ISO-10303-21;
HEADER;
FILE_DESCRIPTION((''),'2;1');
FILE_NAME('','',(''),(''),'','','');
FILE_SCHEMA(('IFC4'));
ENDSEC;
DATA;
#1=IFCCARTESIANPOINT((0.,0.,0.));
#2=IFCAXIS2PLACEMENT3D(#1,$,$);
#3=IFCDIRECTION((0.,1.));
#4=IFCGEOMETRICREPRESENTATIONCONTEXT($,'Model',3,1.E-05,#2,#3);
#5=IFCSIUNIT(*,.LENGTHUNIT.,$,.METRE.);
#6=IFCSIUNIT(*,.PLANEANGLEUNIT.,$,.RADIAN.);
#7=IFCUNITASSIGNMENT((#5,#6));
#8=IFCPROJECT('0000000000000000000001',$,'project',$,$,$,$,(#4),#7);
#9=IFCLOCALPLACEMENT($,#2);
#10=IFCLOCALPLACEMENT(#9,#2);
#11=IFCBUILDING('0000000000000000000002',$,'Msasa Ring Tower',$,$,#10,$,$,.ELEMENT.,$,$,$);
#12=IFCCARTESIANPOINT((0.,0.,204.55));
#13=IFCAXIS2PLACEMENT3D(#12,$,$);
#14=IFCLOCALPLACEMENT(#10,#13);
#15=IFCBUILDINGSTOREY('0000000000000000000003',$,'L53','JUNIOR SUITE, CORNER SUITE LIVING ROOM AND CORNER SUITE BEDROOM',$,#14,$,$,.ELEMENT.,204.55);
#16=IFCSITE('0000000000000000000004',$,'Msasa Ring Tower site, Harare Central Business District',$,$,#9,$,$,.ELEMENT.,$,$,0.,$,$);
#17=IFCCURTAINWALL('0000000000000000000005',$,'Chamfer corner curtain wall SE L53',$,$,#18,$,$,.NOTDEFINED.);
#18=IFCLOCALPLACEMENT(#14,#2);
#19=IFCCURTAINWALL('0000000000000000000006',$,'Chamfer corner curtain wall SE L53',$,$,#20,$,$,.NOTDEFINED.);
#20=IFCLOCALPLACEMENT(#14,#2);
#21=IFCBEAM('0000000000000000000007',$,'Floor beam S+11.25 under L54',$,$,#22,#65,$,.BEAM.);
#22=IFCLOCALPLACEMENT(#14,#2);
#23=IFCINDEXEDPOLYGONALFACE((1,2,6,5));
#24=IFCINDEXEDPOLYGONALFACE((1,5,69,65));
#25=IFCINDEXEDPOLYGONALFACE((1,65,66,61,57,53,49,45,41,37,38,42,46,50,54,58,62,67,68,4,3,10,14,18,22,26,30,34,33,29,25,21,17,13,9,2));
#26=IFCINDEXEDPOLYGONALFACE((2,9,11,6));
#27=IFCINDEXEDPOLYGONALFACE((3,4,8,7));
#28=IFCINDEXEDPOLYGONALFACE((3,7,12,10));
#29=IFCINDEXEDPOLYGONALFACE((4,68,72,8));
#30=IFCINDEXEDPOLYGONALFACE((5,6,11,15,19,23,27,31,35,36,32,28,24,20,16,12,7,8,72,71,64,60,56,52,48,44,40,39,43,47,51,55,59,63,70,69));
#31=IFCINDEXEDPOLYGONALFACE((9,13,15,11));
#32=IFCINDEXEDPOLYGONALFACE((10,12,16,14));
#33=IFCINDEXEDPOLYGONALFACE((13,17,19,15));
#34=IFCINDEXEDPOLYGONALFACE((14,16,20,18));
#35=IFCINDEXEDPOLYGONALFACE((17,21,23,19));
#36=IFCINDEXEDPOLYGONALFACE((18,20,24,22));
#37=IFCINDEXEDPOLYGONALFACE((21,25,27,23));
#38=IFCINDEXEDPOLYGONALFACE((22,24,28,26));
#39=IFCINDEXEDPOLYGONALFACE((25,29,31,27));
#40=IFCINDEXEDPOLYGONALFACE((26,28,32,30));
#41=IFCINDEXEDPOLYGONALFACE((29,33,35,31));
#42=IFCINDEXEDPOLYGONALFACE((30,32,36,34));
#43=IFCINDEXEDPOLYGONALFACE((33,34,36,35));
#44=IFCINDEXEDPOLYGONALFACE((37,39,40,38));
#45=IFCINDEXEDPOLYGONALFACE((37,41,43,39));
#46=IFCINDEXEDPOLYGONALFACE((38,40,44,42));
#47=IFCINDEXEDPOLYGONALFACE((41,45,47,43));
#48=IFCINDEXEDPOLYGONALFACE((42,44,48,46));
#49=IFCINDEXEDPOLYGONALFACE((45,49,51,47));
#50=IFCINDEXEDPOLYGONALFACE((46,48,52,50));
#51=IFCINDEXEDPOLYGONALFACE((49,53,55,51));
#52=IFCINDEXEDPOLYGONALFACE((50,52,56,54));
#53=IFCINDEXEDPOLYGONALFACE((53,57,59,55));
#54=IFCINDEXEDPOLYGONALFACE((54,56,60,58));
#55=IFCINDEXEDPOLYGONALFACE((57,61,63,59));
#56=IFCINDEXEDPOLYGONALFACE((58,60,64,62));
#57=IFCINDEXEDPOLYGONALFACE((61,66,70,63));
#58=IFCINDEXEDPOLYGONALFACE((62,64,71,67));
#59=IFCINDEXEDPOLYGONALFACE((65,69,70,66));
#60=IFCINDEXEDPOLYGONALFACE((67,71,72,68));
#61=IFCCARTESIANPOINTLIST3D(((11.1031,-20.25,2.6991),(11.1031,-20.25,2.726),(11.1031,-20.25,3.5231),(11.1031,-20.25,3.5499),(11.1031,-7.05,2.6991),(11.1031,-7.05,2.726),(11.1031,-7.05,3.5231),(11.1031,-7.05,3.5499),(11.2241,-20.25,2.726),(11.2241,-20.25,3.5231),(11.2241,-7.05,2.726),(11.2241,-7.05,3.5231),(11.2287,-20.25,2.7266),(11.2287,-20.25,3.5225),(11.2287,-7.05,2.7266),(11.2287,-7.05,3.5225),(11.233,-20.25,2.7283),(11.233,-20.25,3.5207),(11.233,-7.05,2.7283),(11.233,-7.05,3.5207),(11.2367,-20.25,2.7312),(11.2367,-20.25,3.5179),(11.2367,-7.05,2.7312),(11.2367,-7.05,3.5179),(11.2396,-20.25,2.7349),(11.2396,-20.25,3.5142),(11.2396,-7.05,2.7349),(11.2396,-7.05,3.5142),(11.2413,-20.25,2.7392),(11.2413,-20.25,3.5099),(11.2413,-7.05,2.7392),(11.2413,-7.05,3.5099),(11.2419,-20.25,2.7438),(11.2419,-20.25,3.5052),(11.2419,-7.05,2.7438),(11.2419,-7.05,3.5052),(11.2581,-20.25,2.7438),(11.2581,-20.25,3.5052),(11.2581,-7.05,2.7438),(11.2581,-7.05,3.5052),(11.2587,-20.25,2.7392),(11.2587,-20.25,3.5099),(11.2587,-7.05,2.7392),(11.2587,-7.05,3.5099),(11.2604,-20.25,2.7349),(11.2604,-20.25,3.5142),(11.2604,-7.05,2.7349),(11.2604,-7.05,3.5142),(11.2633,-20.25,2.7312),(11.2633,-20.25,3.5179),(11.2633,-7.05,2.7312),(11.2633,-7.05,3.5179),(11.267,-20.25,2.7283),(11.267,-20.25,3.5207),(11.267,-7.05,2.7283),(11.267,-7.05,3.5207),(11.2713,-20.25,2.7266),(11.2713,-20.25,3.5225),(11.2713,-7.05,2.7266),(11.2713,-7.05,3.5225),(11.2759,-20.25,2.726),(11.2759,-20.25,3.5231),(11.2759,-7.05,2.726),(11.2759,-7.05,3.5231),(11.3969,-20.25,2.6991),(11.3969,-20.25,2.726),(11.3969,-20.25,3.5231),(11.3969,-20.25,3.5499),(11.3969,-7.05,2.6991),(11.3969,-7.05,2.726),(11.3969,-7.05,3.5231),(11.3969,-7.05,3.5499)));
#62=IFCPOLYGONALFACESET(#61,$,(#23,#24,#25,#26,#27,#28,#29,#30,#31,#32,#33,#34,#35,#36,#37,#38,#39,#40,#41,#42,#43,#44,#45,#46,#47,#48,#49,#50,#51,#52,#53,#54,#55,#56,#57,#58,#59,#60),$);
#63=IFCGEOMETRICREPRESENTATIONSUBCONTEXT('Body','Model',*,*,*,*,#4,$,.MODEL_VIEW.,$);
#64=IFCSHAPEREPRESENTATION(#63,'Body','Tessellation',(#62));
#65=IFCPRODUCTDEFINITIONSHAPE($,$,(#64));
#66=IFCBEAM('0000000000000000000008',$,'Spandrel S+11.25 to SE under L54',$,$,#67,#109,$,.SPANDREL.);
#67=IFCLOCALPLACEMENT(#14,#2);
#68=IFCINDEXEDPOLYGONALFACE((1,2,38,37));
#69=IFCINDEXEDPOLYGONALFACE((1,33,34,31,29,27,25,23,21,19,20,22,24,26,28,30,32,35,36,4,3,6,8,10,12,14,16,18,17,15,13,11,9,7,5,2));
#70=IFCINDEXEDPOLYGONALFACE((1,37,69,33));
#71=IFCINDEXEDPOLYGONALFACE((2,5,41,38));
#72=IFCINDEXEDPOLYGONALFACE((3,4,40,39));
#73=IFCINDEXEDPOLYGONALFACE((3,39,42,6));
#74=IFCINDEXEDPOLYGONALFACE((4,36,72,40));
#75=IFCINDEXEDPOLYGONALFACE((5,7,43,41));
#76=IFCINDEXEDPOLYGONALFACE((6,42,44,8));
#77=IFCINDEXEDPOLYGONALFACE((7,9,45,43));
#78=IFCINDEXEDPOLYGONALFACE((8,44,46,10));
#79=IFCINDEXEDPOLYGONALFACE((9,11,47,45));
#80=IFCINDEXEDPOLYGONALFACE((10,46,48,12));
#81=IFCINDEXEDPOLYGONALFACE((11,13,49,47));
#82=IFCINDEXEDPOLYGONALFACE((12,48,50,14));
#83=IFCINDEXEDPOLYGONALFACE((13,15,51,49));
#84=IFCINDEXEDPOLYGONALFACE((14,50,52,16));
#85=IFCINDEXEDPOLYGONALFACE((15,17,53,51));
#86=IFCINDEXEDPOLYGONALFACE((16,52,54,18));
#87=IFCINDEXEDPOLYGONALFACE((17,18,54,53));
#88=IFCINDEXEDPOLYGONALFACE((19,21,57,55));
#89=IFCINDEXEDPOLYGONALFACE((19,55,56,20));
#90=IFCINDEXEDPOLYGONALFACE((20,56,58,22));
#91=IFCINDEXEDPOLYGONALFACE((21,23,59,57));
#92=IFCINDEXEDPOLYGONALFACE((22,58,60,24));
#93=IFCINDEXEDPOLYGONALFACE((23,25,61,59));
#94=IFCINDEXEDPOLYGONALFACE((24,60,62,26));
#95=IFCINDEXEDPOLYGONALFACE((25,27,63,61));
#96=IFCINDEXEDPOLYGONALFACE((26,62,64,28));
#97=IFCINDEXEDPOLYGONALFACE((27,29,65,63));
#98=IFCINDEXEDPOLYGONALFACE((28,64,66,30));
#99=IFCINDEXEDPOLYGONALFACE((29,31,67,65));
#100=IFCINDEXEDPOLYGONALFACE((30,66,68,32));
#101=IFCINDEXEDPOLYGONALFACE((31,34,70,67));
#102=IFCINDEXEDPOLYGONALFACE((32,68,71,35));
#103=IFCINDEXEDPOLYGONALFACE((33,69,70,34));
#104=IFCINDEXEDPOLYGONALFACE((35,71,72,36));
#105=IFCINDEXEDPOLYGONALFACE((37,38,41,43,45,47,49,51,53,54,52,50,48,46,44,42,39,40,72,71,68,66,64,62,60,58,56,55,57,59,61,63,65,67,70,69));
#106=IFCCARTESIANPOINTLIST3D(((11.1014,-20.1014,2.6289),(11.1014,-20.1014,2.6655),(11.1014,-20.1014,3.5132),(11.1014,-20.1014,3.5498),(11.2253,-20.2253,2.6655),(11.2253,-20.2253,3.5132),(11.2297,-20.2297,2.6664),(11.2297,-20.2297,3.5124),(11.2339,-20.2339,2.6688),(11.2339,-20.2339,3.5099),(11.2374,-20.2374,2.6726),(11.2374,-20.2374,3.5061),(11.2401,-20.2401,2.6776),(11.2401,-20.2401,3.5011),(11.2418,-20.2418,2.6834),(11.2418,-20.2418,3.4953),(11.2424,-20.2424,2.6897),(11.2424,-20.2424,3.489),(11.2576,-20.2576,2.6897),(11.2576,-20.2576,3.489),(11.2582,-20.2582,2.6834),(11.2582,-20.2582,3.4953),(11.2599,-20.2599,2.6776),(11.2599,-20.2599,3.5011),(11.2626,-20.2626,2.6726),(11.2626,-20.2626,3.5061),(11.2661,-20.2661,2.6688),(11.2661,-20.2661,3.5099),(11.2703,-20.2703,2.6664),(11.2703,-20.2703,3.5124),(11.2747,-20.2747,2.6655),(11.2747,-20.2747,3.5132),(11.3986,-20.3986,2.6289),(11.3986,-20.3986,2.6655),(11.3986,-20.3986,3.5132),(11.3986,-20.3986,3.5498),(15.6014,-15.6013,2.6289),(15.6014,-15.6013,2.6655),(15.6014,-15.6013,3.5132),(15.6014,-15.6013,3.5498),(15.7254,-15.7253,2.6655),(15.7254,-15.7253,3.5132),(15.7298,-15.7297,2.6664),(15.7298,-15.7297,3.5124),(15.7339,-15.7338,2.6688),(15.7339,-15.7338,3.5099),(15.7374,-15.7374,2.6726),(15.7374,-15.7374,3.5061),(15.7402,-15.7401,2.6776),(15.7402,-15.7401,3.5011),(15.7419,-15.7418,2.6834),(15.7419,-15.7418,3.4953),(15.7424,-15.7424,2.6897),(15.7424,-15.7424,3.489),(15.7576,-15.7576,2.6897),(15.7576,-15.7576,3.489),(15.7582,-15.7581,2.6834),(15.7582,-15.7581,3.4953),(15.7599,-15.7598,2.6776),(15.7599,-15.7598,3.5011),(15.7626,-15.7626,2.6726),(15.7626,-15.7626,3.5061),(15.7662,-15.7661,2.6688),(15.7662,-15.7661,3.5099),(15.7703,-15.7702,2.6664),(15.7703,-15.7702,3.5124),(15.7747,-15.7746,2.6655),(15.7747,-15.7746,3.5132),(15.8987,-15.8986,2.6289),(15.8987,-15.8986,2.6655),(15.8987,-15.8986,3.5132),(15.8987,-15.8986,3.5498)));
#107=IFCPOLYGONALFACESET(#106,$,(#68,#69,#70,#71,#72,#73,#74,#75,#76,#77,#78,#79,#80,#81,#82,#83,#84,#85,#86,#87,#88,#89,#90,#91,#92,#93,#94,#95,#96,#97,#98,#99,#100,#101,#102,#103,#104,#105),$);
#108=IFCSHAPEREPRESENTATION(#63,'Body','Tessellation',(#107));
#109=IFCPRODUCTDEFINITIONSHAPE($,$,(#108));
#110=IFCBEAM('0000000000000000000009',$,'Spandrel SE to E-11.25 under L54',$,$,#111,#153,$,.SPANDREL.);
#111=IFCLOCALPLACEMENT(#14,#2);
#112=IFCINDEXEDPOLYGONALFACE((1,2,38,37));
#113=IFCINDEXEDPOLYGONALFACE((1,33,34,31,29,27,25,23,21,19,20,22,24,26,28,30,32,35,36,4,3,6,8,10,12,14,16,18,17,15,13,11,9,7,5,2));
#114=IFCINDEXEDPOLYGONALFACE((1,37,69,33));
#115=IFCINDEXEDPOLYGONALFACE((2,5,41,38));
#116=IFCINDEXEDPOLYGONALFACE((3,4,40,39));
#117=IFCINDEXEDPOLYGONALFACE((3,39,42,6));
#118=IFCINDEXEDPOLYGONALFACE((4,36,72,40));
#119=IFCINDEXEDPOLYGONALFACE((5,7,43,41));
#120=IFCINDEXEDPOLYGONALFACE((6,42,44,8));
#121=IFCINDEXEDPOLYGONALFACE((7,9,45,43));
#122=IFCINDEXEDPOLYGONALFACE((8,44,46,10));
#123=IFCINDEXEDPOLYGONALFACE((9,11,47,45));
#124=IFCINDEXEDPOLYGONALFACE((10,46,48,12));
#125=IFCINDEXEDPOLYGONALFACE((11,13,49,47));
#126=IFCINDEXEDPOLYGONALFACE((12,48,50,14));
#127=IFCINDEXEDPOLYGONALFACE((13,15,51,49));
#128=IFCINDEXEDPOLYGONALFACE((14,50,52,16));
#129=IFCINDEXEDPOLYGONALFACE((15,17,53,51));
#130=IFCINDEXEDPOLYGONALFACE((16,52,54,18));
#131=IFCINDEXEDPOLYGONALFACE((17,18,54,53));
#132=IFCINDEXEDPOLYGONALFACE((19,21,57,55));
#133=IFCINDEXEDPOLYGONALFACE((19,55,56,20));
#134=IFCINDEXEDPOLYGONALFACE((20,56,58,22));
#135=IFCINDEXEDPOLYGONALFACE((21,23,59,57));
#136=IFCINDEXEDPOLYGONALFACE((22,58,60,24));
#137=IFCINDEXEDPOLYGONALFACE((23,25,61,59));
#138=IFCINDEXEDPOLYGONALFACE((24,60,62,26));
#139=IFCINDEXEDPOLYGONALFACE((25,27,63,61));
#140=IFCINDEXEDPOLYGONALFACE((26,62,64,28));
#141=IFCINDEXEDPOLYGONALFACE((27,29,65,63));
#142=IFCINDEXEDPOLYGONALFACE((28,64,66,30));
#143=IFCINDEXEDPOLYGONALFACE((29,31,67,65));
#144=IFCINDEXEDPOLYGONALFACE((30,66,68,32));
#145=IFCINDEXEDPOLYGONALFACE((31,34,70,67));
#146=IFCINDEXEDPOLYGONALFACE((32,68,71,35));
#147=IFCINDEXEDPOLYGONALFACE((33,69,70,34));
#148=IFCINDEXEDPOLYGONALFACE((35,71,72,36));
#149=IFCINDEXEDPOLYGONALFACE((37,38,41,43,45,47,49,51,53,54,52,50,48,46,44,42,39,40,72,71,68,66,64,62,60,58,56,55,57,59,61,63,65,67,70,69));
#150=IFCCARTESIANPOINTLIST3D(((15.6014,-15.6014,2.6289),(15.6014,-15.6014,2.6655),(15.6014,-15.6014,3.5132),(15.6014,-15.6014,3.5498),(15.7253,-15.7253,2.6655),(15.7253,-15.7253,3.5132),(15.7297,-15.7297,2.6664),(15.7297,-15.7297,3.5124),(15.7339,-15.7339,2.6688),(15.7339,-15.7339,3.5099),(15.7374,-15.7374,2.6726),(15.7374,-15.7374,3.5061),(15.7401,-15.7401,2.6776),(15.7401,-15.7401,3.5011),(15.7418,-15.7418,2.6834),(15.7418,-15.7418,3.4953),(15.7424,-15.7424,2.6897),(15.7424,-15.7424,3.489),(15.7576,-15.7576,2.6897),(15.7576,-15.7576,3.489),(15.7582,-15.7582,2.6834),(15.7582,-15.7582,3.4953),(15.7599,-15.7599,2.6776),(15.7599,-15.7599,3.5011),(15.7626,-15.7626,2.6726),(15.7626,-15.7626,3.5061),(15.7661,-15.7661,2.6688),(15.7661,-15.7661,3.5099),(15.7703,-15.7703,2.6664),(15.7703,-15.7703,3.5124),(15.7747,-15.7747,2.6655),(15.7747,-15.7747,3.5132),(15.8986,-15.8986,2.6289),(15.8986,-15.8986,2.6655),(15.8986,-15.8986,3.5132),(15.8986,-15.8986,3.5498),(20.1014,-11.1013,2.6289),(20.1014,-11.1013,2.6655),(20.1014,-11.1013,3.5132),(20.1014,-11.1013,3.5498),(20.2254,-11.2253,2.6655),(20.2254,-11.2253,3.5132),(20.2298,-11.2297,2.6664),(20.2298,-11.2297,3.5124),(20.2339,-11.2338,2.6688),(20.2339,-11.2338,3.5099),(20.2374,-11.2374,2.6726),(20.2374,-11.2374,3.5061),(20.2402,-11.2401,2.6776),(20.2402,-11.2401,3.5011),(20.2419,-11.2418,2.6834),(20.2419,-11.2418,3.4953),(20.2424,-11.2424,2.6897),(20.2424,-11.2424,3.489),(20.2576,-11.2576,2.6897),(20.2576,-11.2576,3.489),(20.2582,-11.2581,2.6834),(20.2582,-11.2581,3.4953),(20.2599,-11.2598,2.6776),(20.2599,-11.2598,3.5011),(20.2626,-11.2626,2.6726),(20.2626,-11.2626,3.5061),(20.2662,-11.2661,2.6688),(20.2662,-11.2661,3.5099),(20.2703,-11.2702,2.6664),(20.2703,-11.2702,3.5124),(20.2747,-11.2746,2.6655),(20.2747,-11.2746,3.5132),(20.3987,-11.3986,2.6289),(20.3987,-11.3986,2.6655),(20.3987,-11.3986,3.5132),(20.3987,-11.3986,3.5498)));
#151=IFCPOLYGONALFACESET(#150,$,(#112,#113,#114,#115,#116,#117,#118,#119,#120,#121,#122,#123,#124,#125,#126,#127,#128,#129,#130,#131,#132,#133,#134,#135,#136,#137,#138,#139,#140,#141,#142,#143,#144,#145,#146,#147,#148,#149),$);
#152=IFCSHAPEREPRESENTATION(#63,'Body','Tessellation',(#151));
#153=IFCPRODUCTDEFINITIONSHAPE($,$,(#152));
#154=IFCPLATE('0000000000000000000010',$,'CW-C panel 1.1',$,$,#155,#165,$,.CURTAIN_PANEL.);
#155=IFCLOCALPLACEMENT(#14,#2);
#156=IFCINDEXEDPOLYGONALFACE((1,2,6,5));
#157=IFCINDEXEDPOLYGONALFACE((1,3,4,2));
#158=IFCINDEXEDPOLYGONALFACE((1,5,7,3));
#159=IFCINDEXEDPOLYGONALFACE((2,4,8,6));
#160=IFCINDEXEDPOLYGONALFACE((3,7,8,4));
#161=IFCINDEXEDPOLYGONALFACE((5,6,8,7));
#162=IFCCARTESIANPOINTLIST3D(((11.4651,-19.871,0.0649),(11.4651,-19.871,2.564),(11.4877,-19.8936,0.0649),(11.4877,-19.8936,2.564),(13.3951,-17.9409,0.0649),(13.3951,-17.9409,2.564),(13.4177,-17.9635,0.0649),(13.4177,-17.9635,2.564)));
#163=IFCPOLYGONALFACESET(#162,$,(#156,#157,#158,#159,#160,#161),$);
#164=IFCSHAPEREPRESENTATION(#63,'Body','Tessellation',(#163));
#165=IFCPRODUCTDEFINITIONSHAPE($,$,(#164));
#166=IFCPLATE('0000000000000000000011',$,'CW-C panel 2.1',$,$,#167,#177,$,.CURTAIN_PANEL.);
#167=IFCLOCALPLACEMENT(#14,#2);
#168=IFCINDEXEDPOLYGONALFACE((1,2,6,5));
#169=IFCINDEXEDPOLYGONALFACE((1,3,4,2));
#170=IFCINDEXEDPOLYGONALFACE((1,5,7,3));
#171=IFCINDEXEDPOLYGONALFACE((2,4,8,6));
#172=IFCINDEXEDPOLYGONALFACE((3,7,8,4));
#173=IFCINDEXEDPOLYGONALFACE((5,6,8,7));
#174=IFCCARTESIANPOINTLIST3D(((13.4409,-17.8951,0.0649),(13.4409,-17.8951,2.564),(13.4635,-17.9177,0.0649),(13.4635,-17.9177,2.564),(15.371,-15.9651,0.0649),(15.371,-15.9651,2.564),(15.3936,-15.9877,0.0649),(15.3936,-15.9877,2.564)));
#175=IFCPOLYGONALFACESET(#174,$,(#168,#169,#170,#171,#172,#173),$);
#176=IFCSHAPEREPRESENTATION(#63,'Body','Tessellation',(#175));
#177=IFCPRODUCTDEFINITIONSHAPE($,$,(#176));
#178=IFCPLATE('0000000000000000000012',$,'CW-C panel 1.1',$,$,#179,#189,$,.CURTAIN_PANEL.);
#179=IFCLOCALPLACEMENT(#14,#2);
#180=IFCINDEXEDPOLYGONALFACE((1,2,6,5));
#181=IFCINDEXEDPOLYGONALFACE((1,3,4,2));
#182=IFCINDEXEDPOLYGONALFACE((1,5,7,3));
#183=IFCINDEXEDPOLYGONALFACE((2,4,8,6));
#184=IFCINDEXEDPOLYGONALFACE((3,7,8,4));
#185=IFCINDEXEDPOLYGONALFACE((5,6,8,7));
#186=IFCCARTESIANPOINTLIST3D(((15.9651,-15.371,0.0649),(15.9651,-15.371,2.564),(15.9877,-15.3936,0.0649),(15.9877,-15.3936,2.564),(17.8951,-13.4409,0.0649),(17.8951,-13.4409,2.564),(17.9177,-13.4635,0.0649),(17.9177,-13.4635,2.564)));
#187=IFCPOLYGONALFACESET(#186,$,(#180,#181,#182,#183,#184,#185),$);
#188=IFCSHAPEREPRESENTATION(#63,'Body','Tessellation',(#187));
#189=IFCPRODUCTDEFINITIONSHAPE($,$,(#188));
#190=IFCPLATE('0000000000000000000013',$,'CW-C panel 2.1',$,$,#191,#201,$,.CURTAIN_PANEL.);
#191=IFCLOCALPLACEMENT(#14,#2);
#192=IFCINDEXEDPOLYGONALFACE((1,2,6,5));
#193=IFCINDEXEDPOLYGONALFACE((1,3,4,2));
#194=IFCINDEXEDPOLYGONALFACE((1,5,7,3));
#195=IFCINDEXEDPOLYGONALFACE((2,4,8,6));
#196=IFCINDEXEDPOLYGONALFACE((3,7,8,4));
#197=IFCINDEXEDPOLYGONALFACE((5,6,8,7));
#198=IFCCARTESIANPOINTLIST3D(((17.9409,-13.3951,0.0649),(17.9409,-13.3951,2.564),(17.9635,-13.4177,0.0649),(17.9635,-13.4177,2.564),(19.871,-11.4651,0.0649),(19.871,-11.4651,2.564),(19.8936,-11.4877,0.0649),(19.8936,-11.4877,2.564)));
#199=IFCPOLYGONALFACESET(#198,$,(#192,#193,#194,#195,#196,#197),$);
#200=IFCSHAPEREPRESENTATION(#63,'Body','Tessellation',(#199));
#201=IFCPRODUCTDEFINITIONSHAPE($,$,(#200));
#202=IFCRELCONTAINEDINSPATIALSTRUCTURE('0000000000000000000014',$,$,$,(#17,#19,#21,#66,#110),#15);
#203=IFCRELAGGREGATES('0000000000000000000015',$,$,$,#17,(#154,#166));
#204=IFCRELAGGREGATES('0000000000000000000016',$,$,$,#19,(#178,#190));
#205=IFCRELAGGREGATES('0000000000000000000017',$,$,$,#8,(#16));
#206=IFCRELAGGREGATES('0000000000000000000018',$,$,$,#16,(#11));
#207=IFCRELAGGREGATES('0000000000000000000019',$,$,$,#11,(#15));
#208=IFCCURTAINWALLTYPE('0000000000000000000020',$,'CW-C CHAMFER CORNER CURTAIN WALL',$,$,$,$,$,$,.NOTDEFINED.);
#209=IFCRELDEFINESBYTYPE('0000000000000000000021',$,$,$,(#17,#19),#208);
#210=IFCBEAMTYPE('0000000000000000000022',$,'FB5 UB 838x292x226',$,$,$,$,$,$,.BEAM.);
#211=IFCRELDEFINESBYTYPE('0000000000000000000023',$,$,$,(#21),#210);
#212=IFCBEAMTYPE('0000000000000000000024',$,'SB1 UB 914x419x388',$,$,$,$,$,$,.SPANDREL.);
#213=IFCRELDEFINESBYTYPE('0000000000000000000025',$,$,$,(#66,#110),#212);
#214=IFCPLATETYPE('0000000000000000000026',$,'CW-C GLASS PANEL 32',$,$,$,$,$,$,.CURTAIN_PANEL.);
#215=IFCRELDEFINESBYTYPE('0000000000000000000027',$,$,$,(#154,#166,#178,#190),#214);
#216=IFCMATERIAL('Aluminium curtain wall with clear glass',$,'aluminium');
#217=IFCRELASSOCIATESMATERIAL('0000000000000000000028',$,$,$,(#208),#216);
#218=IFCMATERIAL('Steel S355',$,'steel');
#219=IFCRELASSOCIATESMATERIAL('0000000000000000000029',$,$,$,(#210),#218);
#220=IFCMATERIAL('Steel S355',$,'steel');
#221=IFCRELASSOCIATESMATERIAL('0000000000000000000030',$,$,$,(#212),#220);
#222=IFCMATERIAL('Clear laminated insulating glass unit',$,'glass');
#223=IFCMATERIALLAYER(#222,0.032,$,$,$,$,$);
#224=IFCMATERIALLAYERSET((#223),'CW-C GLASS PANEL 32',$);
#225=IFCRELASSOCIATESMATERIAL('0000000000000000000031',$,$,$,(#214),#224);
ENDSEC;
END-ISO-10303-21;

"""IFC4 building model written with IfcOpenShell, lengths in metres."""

from ifc_helpers import new_model, si_unit, direction, frame, origin, origin_2d, place, context, subcontext, project, spatial, rectangle, i_section, extrude, material, layer, layer_set, material_profile, profile_set, type_object, element, aggregate, save


model = new_model("IFC4")

# Units and contexts
model_context = context("Model", 3, precision=1e-05, world=origin(), true_north=direction((0.0, 1.0)))
body_context = subcontext(model_context, "Body", "Model", "MODEL_VIEW")
ifc_project = project(units=[si_unit("LENGTHUNIT", "METRE"), si_unit("PLANEANGLEUNIT", "RADIAN")], contexts=[model_context])

# Site, building, storey
site_placement = place(None, origin())
site = spatial("IfcSite", under=ifc_project, at=site_placement, Name="Msasa Ring Tower site, Harare Central Business District", CompositionType="ELEMENT", RefElevation=0.0)
building_placement = place(site_placement, origin())
building = spatial("IfcBuilding", under=site, at=building_placement, Name="Msasa Ring Tower", CompositionType="ELEMENT")
storey_placement = place(building_placement, frame((0.0, 0.0, 204.55)))
storey = spatial("IfcBuildingStorey", under=building, at=storey_placement, Name="L53", Description="JUNIOR SUITE, CORNER SUITE LIVING ROOM AND CORNER SUITE BEDROOM", CompositionType="ELEMENT", Elevation=204.55)

# Curtain walls
ifc_material_1 = material(Name="Aluminium curtain wall with clear glass", Category="aluminium")
curtain_wall_type = type_object("IfcCurtainWallType", Name="CW-C CHAMFER CORNER CURTAIN WALL", PredefinedType="NOTDEFINED", material=ifc_material_1)
curtain_wall_1_placement = place(storey_placement, origin())
curtain_wall_1 = element("IfcCurtainWall", 1, at=curtain_wall_1_placement, inside=storey, type_object=curtain_wall_type, Name="Chamfer corner curtain wall SE L53", PredefinedType="NOTDEFINED")
curtain_wall_2_placement = place(storey_placement, origin())
curtain_wall_2 = element("IfcCurtainWall", 2, at=curtain_wall_2_placement, inside=storey, type_object=curtain_wall_type, Name="Chamfer corner curtain wall SE L53", PredefinedType="NOTDEFINED")

# Beams
ifc_material_2 = material(Name="Steel S355", Category="steel")
ifc_material_profile_1 = material_profile(ifc_material_2, i_section(OverallWidth=0.2937, OverallDepth=0.8508, WebThickness=0.0161, FlangeThickness=0.0269, FilletRadius=0.0178, at=origin_2d()), Name="UB 838x292x226")
ifc_profile_set_1 = profile_set([ifc_material_profile_1], Name="Steel S355")
beam_type_1 = type_object("IfcBeamType", Name="FB5 UB 838x292x226", PredefinedType="BEAM", material=ifc_profile_set_1)
beam_placement = place(storey_placement, frame((11.25, -20.25, 3.1245), z_axis=(0.0, 1.0, 0.0), x_axis=(-1.0, 0.0, 0.0)))
element("IfcBeam", 3, at=beam_placement, inside=storey, type_object=beam_type_1, Name="Floor beam S+11.25 under L54", PredefinedType="BEAM", context=body_context, shape_type="SweptSolid", body=[
    extrude(i_section(OverallWidth=0.2937, OverallDepth=0.8508, WebThickness=0.0161, FlangeThickness=0.0269, FilletRadius=0.0178, at=origin_2d()), origin(), (0.0, 0.0, 1.0), 13.2),
])
ifc_material_3 = material(Name="Steel S355", Category="steel")
ifc_material_profile_2 = material_profile(ifc_material_3, i_section(OverallWidth=0.4204, OverallDepth=0.9209, WebThickness=0.0215, FlangeThickness=0.0366, FilletRadius=0.0242, at=origin_2d()), Name="UB 914x419x388")
ifc_profile_set_2 = profile_set([ifc_material_profile_2], Name="Steel S355")
beam_type_2 = type_object("IfcBeamType", Name="SB1 UB 914x419x388", PredefinedType="SPANDREL", material=ifc_profile_set_2)
for number, where, z_axis, x_axis, name in (
    (4, (11.25, -20.25, 3.0894), (0.707107, 0.707107, 0.0), (-0.707107, 0.707107, 0.0), "Spandrel S+11.25 to SE under L54"),
    (5, (15.75, -15.75, 3.0894), (0.707107, 0.707107, 0.0), (-0.707107, 0.707107, 0.0), "Spandrel SE to E-11.25 under L54"),
):
    element("IfcBeam", number, at=place(storey_placement, frame(where, z_axis=z_axis, x_axis=x_axis)), inside=storey, type_object=beam_type_2, Name=name, PredefinedType="SPANDREL", context=body_context, shape_type="SweptSolid", body=[
        extrude(i_section(OverallWidth=0.4204, OverallDepth=0.9209, WebThickness=0.0215, FlangeThickness=0.0366, FilletRadius=0.0242, at=origin_2d()), origin(), (0.0, 0.0, 1.0), 6.364),
    ])

# Plates
ifc_material_4 = material(Name="Clear laminated insulating glass unit", Category="glass")
ifc_layer_1 = layer(ifc_material_4, 0.032)
ifc_layer_set_1 = layer_set([ifc_layer_1], Name="CW-C GLASS PANEL 32")
plate_type = type_object("IfcPlateType", Name="CW-C GLASS PANEL 32", PredefinedType="CURTAIN_PANEL", material=ifc_layer_set_1)
plate_1_placement = place(storey_placement, frame((12.4414, -18.9172, 0.0649), z_axis=(0.0, 0.0, 1.0), x_axis=(0.707107, 0.707107, 0.0)))
plate_1 = element("IfcPlate", 6, at=plate_1_placement, type_object=plate_type, Name="CW-C panel 1.1", PredefinedType="CURTAIN_PANEL", context=body_context, shape_type="SweptSolid", body=[
    extrude(rectangle(XDim=2.7295, YDim=0.032, at=origin_2d()), origin(), (0.0, 0.0, 1.0), 2.499),
])
plate_2_placement = place(storey_placement, frame((14.4172, -16.9414, 0.0649), z_axis=(0.0, 0.0, 1.0), x_axis=(0.707107, 0.707107, 0.0)))
plate_2 = element("IfcPlate", 7, at=plate_2_placement, type_object=plate_type, Name="CW-C panel 2.1", PredefinedType="CURTAIN_PANEL", context=body_context, shape_type="SweptSolid", body=[
    extrude(rectangle(XDim=2.7295, YDim=0.032, at=origin_2d()), origin(), (0.0, 0.0, 1.0), 2.499),
])
aggregate(curtain_wall_1, [plate_1, plate_2])
plate_3_placement = place(storey_placement, frame((16.9414, -14.4172, 0.0649), z_axis=(0.0, 0.0, 1.0), x_axis=(0.707107, 0.707107, 0.0)))
plate_3 = element("IfcPlate", 8, at=plate_3_placement, type_object=plate_type, Name="CW-C panel 1.1", PredefinedType="CURTAIN_PANEL", context=body_context, shape_type="SweptSolid", body=[
    extrude(rectangle(XDim=2.7295, YDim=0.032, at=origin_2d()), origin(), (0.0, 0.0, 1.0), 2.499),
])
plate_4_placement = place(storey_placement, frame((18.9172, -12.4414, 0.0649), z_axis=(0.0, 0.0, 1.0), x_axis=(0.707107, 0.707107, 0.0)))
plate_4 = element("IfcPlate", 9, at=plate_4_placement, type_object=plate_type, Name="CW-C panel 2.1", PredefinedType="CURTAIN_PANEL", context=body_context, shape_type="SweptSolid", body=[
    extrude(rectangle(XDim=2.7295, YDim=0.032, at=origin_2d()), origin(), (0.0, 0.0, 1.0), 2.499),
])
aggregate(curtain_wall_2, [plate_3, plate_4])

save(model, "model.ifc")
